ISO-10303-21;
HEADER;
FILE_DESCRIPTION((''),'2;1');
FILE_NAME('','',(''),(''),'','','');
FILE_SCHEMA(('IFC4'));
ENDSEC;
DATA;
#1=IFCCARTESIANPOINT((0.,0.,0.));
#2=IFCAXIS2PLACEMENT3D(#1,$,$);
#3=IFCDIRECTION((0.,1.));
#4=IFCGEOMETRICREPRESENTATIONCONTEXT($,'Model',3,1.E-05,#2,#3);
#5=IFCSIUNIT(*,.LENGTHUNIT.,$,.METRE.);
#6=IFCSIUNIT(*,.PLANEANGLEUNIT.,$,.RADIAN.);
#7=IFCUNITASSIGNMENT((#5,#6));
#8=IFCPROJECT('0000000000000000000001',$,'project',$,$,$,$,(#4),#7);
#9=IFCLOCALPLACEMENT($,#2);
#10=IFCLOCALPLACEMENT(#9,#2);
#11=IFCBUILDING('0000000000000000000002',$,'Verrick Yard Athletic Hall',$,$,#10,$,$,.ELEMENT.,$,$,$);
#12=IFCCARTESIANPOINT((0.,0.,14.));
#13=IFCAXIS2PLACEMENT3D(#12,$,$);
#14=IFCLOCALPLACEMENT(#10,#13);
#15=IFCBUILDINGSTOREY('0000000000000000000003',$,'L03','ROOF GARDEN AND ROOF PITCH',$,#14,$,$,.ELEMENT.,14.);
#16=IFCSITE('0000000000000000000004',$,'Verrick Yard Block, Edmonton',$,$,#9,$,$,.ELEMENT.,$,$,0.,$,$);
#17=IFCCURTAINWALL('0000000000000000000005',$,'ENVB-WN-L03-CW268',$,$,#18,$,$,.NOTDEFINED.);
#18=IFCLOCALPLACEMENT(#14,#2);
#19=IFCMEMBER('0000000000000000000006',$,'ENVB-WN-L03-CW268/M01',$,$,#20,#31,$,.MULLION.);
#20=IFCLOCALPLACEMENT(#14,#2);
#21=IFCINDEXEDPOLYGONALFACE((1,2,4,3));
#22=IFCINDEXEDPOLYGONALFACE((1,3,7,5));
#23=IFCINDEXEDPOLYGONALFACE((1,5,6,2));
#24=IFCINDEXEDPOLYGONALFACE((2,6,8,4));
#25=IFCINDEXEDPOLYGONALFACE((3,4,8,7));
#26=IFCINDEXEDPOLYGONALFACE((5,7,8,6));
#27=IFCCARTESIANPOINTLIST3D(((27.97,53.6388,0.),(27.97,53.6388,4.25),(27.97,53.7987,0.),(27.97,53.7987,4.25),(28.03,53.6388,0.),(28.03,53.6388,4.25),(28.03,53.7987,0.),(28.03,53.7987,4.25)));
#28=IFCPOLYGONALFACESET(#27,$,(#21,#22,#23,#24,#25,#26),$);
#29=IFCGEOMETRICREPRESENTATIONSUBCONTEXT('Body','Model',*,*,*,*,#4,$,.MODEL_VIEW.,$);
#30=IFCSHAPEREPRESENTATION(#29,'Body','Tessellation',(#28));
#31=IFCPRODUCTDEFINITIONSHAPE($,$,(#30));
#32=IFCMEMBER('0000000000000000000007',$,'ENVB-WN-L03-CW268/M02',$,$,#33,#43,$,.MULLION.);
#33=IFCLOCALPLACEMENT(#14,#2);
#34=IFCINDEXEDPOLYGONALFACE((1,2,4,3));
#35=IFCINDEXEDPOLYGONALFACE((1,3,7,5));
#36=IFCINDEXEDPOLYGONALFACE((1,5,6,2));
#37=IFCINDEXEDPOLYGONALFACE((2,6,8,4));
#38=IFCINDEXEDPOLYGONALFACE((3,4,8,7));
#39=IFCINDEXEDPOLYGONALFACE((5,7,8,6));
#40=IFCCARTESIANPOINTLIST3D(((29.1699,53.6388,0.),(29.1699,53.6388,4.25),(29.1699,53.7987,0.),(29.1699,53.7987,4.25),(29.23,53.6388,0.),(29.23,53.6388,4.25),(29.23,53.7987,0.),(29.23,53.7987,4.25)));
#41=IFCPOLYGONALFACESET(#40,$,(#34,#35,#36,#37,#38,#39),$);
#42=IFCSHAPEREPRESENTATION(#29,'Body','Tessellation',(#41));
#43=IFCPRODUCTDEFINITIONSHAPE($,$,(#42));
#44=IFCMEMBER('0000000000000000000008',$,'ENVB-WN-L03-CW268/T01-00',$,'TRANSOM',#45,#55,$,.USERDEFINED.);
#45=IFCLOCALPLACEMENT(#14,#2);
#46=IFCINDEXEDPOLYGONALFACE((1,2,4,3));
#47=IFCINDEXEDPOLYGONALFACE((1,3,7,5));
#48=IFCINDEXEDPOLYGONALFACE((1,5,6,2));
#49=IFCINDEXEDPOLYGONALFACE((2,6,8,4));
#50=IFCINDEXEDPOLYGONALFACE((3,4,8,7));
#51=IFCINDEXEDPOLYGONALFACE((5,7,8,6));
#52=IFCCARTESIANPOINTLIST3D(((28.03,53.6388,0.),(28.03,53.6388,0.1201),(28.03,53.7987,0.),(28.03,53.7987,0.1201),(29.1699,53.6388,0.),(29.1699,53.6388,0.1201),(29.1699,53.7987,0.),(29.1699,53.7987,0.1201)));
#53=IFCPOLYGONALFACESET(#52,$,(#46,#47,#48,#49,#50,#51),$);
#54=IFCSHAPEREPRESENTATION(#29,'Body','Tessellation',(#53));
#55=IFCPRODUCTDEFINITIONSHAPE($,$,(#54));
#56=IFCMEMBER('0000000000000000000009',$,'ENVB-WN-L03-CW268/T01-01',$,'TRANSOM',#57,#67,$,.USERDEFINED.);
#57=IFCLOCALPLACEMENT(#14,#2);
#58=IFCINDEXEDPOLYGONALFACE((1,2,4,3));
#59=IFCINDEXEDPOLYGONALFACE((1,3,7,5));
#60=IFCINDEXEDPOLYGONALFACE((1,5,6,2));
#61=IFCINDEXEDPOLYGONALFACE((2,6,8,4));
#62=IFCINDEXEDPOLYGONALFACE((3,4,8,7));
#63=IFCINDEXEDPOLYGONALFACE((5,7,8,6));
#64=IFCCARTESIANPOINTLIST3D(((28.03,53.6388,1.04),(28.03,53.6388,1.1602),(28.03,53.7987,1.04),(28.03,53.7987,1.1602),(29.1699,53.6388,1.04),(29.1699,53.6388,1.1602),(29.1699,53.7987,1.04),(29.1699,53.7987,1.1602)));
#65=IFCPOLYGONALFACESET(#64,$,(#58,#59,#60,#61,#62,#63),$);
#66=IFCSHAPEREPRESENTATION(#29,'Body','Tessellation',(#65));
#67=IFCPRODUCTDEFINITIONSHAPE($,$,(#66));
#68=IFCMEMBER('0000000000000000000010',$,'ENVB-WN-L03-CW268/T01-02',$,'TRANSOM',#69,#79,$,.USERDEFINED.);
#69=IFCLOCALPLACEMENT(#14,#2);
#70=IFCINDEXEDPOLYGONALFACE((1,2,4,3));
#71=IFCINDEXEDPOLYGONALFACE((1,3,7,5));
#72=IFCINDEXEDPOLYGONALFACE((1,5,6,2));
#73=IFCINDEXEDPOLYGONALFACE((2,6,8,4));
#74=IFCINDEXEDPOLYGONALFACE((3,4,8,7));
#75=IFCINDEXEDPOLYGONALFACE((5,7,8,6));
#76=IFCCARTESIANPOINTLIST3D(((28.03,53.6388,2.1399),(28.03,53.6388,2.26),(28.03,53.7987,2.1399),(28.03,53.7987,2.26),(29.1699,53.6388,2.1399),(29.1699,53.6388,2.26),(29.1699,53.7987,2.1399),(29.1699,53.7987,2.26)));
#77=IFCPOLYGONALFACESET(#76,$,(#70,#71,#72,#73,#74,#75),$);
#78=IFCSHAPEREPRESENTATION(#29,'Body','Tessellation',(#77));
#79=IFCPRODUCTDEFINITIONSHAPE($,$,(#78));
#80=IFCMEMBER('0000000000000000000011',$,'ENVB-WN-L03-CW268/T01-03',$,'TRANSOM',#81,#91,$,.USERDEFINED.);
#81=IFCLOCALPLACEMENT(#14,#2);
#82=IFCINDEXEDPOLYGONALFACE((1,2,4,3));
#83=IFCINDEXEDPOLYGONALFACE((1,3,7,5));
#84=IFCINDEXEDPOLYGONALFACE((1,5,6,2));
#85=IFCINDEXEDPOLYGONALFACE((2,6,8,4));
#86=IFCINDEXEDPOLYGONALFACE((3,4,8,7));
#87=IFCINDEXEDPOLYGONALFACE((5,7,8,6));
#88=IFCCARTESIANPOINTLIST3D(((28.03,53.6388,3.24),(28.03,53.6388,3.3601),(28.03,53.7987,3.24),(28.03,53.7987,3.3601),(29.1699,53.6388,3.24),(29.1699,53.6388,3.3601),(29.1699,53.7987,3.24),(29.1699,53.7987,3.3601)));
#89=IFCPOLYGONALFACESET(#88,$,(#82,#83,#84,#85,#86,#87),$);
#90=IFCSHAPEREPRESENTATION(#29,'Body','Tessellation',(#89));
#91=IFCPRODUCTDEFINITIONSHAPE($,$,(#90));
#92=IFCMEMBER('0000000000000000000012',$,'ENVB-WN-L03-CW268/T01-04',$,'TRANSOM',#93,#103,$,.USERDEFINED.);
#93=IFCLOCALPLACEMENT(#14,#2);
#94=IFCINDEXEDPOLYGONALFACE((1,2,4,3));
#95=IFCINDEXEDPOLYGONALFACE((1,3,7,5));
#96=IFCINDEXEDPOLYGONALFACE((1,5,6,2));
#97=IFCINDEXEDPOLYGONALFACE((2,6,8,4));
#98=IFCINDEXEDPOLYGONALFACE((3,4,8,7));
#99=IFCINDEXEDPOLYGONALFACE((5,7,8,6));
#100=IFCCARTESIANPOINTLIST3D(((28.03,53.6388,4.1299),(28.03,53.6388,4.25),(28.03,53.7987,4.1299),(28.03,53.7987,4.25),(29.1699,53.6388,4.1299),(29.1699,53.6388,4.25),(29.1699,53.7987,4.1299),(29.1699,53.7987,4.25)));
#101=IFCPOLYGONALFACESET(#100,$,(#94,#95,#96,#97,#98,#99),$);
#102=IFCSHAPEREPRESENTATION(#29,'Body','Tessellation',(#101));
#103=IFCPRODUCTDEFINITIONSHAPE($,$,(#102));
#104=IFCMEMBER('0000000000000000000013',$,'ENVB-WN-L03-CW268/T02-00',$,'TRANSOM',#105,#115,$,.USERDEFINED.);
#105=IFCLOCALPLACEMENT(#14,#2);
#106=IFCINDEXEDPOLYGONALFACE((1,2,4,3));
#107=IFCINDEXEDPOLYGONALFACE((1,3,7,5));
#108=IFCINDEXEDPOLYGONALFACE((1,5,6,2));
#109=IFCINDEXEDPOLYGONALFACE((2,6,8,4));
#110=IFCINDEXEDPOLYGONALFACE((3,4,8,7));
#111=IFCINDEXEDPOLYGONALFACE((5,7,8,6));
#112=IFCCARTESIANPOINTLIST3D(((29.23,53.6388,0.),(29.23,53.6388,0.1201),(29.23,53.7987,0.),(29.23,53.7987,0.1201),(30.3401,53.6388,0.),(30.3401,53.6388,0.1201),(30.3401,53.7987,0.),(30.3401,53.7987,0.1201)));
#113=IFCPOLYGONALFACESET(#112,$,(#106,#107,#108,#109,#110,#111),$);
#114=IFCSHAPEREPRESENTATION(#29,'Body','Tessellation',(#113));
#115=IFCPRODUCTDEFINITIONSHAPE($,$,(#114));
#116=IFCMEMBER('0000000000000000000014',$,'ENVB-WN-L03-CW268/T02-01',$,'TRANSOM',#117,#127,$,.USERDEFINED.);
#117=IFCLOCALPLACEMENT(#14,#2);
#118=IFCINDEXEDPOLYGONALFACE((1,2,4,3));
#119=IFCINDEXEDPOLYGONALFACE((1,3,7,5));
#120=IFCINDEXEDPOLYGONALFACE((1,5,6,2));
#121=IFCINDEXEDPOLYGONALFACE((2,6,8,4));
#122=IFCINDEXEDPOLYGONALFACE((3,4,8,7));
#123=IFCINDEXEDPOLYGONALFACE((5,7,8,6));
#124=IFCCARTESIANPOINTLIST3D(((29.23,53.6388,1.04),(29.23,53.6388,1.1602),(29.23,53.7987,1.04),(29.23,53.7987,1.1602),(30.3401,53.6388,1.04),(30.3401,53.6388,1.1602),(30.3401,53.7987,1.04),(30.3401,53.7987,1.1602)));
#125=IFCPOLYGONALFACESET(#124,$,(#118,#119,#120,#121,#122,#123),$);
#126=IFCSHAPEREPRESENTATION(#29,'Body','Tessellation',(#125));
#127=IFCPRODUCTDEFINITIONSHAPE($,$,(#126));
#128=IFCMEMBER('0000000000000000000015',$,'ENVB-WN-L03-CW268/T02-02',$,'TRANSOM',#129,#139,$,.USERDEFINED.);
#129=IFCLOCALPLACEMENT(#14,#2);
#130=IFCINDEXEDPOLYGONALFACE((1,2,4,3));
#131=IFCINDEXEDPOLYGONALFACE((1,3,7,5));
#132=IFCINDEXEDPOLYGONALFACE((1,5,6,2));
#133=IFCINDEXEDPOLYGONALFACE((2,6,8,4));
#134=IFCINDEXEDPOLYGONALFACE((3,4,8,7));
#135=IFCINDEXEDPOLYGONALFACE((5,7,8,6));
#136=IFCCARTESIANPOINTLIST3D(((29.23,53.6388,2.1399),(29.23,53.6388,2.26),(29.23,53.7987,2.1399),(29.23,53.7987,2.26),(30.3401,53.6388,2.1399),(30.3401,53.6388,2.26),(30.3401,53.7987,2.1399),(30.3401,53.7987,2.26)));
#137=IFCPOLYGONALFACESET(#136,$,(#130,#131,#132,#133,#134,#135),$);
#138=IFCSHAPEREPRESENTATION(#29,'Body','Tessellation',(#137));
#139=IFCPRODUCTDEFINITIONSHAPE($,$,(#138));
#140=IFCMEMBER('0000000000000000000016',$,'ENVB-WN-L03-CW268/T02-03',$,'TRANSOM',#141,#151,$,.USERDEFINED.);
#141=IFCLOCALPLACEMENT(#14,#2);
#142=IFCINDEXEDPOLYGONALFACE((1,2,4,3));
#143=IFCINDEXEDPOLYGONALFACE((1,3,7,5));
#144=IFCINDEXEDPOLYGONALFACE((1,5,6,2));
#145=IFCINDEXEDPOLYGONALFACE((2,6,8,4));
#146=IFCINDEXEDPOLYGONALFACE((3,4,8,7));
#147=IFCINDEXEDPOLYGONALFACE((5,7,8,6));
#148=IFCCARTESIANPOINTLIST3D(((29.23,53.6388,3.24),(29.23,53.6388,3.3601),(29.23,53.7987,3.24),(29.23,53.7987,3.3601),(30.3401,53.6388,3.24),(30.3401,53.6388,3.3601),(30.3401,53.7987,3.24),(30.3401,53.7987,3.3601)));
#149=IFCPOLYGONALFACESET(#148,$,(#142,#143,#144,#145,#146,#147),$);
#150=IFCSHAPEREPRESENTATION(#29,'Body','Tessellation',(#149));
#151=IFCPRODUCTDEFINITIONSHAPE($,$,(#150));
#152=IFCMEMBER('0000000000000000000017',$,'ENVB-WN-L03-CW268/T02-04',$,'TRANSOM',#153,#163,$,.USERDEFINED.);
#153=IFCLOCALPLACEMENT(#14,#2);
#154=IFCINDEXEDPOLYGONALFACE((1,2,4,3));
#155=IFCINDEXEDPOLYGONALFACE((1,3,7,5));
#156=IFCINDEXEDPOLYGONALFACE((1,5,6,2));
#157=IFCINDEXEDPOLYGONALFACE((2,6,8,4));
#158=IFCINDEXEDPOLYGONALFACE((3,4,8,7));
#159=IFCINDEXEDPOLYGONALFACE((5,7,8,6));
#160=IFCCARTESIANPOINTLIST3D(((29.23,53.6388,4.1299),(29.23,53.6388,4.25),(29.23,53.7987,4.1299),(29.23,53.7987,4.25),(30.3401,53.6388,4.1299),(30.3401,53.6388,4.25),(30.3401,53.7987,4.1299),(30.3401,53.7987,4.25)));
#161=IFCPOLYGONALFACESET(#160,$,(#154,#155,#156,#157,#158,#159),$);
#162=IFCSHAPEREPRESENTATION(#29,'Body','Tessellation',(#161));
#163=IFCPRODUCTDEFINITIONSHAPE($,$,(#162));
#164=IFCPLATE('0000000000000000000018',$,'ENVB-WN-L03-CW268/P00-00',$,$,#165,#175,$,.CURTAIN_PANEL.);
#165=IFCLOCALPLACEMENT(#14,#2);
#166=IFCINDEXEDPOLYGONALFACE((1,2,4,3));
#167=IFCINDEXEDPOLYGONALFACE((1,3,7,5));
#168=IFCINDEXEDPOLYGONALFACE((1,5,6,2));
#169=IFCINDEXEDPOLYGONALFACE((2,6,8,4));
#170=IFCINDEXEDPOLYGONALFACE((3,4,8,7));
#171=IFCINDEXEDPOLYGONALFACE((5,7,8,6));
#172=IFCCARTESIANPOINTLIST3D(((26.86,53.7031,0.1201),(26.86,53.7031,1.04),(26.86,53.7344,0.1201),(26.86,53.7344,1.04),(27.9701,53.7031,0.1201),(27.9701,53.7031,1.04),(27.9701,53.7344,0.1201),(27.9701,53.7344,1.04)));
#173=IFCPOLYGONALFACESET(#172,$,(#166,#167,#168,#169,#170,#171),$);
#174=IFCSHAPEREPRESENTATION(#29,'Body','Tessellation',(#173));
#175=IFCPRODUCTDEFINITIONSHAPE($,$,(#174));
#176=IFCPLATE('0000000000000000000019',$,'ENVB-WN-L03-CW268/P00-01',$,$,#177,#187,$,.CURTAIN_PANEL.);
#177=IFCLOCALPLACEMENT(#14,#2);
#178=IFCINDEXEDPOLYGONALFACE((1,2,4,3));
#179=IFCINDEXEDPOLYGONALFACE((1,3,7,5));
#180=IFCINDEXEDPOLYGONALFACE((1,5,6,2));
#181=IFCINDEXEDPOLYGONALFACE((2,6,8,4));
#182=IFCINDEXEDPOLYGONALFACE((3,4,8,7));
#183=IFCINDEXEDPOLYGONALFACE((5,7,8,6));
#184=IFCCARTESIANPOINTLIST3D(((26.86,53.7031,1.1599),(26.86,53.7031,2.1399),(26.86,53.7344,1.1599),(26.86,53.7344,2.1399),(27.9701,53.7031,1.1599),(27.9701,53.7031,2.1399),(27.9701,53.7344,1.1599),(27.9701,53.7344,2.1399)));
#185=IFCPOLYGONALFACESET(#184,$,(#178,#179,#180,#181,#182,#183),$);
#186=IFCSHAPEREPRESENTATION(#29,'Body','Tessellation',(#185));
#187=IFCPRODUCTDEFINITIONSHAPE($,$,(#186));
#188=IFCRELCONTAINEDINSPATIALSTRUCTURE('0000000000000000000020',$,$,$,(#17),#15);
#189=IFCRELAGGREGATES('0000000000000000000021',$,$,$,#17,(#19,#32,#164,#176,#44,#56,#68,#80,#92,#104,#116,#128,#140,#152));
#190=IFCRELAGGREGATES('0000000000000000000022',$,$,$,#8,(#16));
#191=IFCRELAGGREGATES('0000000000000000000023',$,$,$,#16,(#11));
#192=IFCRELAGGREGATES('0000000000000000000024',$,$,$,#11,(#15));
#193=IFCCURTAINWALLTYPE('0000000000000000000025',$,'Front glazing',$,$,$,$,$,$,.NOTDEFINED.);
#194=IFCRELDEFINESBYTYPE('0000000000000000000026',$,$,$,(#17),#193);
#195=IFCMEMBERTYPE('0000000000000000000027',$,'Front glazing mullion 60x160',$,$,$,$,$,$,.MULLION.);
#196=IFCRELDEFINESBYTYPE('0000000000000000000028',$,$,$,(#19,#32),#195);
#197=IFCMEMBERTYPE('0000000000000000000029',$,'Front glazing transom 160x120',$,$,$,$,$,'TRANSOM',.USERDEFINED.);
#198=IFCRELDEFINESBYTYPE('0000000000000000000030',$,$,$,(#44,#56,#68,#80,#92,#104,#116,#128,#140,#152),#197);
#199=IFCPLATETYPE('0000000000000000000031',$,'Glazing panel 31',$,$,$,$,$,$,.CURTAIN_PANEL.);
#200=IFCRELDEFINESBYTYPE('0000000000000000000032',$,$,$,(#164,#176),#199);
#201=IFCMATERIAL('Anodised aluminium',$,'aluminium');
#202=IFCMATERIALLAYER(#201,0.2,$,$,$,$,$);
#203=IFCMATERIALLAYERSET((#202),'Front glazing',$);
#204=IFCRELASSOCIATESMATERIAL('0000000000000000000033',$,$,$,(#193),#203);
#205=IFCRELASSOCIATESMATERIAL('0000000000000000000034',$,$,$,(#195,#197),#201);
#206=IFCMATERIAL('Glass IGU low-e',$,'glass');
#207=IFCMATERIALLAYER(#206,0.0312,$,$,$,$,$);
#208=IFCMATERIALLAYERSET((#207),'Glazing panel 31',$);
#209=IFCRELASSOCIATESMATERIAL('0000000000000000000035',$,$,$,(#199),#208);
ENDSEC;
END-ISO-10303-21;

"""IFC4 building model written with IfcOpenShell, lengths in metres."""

from ifc_helpers import new_model, si_unit, direction, frame, origin, origin_2d, place, context, subcontext, project, spatial, rectangle, extrude, material, layer, layer_set, material_profile, profile_set, type_object, element, aggregate, save


model = new_model("IFC4")

# Units and contexts
model_context = context("Model", 3, precision=1e-05, world=origin(), true_north=direction((0.0, 1.0)))
body_context = subcontext(model_context, "Body", "Model", "MODEL_VIEW")
ifc_project = project(units=[si_unit("LENGTHUNIT", "METRE"), si_unit("PLANEANGLEUNIT", "RADIAN")], contexts=[model_context])

# Site, building, storey
site_placement = place(None, origin())
site = spatial("IfcSite", under=ifc_project, at=site_placement, Name="Verrick Yard Block, Edmonton", CompositionType="ELEMENT", RefElevation=0.0)
building_placement = place(site_placement, origin())
building = spatial("IfcBuilding", under=site, at=building_placement, Name="Verrick Yard Athletic Hall", CompositionType="ELEMENT")
storey_placement = place(building_placement, frame((0.0, 0.0, 14.0)))
storey = spatial("IfcBuildingStorey", under=building, at=storey_placement, Name="L03", Description="ROOF GARDEN AND ROOF PITCH", CompositionType="ELEMENT", Elevation=14.0)

# Curtain wall, members, plates
ifc_material_1 = material(Name="Anodised aluminium", Category="aluminium")
ifc_layer_1 = layer(ifc_material_1, 0.2)
ifc_layer_set_1 = layer_set([ifc_layer_1], Name="Front glazing")
curtain_wall_type = type_object("IfcCurtainWallType", Name="Front glazing", PredefinedType="NOTDEFINED", material=ifc_layer_set_1)
curtain_wall_placement = place(storey_placement, origin())
curtain_wall = element("IfcCurtainWall", 1, at=curtain_wall_placement, inside=storey, type_object=curtain_wall_type, Name="ENVB-WN-L03-CW268", PredefinedType="NOTDEFINED")
ifc_material_profile_1 = material_profile(ifc_material_1, rectangle(XDim=0.1599, YDim=0.0601, at=origin_2d()), Name="CW mullion 60x160")
ifc_profile_set_1 = profile_set([ifc_material_profile_1], Name="Anodised aluminium")
member_type_1 = type_object("IfcMemberType", Name="Front glazing mullion 60x160", PredefinedType="MULLION", material=ifc_profile_set_1)
member_1_placement = place(storey_placement, frame((28.0, 53.7188, 0.0), z_axis=(0.0, 0.0, 1.0), x_axis=(0.0, 1.0, 0.0)))
member_1 = element("IfcMember", 2, at=member_1_placement, type_object=member_type_1, Name="ENVB-WN-L03-CW268/M01", PredefinedType="MULLION", context=body_context, shape_type="SweptSolid", body=[
    extrude(rectangle(XDim=0.1599, YDim=0.0601, at=origin_2d()), origin(), (0.0, 0.0, 1.0), 4.25),
])
member_2_placement = place(storey_placement, frame((29.2, 53.7188, 0.0), z_axis=(0.0, 0.0, 1.0), x_axis=(0.0, 1.0, 0.0)))
member_2 = element("IfcMember", 3, at=member_2_placement, type_object=member_type_1, Name="ENVB-WN-L03-CW268/M02", PredefinedType="MULLION", context=body_context, shape_type="SweptSolid", body=[
    extrude(rectangle(XDim=0.1599, YDim=0.0601, at=origin_2d()), origin(), (0.0, 0.0, 1.0), 4.25),
])
ifc_material_profile_2 = material_profile(ifc_material_1, rectangle(XDim=0.1599, YDim=0.1201, at=origin_2d()), Name="CW transom 160x120")
ifc_profile_set_2 = profile_set([ifc_material_profile_2], Name="Anodised aluminium")
member_type_2 = type_object("IfcMemberType", Name="Front glazing transom 160x120", ElementType="TRANSOM", PredefinedType="USERDEFINED", material=ifc_profile_set_2)
member_3_placement = place(storey_placement, frame((28.03, 53.7188, 0.0601), z_axis=(1.0, 0.0, 0.0), x_axis=(0.0, 1.0, 0.0)))
member_3 = element("IfcMember", 4, at=member_3_placement, type_object=member_type_2, Name="ENVB-WN-L03-CW268/T01-00", ObjectType="TRANSOM", PredefinedType="USERDEFINED", context=body_context, shape_type="SweptSolid", body=[
    extrude(rectangle(XDim=0.1599, YDim=0.1201, at=origin_2d()), origin(), (0.0, 0.0, 1.0), 1.1399),
])
member_4_placement = place(storey_placement, frame((28.03, 53.7188, 1.1001), z_axis=(1.0, 0.0, 0.0), x_axis=(0.0, 1.0, 0.0)))
member_4 = element("IfcMember", 5, at=member_4_placement, type_object=member_type_2, Name="ENVB-WN-L03-CW268/T01-01", ObjectType="TRANSOM", PredefinedType="USERDEFINED", context=body_context, shape_type="SweptSolid", body=[
    extrude(rectangle(XDim=0.1599, YDim=0.1201, at=origin_2d()), origin(), (0.0, 0.0, 1.0), 1.1399),
])
member_5_placement = place(storey_placement, frame((28.03, 53.7188, 2.2), z_axis=(1.0, 0.0, 0.0), x_axis=(0.0, 1.0, 0.0)))
member_5 = element("IfcMember", 6, at=member_5_placement, type_object=member_type_2, Name="ENVB-WN-L03-CW268/T01-02", ObjectType="TRANSOM", PredefinedType="USERDEFINED", context=body_context, shape_type="SweptSolid", body=[
    extrude(rectangle(XDim=0.1599, YDim=0.1201, at=origin_2d()), origin(), (0.0, 0.0, 1.0), 1.1399),
])
member_6_placement = place(storey_placement, frame((28.03, 53.7188, 3.3), z_axis=(1.0, 0.0, 0.0), x_axis=(0.0, 1.0, 0.0)))
member_6 = element("IfcMember", 7, at=member_6_placement, type_object=member_type_2, Name="ENVB-WN-L03-CW268/T01-03", ObjectType="TRANSOM", PredefinedType="USERDEFINED", context=body_context, shape_type="SweptSolid", body=[
    extrude(rectangle(XDim=0.1599, YDim=0.1201, at=origin_2d()), origin(), (0.0, 0.0, 1.0), 1.1399),
])
member_7_placement = place(storey_placement, frame((28.03, 53.7188, 4.1899), z_axis=(1.0, 0.0, 0.0), x_axis=(0.0, 1.0, 0.0)))
member_7 = element("IfcMember", 8, at=member_7_placement, type_object=member_type_2, Name="ENVB-WN-L03-CW268/T01-04", ObjectType="TRANSOM", PredefinedType="USERDEFINED", context=body_context, shape_type="SweptSolid", body=[
    extrude(rectangle(XDim=0.1599, YDim=0.1201, at=origin_2d()), origin(), (0.0, 0.0, 1.0), 1.1399),
])
member_8_placement = place(storey_placement, frame((29.23, 53.7188, 0.0601), z_axis=(1.0, 0.0, 0.0), x_axis=(0.0, 1.0, 0.0)))
member_8 = element("IfcMember", 9, at=member_8_placement, type_object=member_type_2, Name="ENVB-WN-L03-CW268/T02-00", ObjectType="TRANSOM", PredefinedType="USERDEFINED", context=body_context, shape_type="SweptSolid", body=[
    extrude(rectangle(XDim=0.1599, YDim=0.1201, at=origin_2d()), origin(), (0.0, 0.0, 1.0), 1.1101),
])
member_9_placement = place(storey_placement, frame((29.23, 53.7188, 1.1001), z_axis=(1.0, 0.0, 0.0), x_axis=(0.0, 1.0, 0.0)))
member_9 = element("IfcMember", 10, at=member_9_placement, type_object=member_type_2, Name="ENVB-WN-L03-CW268/T02-01", ObjectType="TRANSOM", PredefinedType="USERDEFINED", context=body_context, shape_type="SweptSolid", body=[
    extrude(rectangle(XDim=0.1599, YDim=0.1201, at=origin_2d()), origin(), (0.0, 0.0, 1.0), 1.1101),
])
member_10_placement = place(storey_placement, frame((29.23, 53.7188, 2.2), z_axis=(1.0, 0.0, 0.0), x_axis=(0.0, 1.0, 0.0)))
member_10 = element("IfcMember", 11, at=member_10_placement, type_object=member_type_2, Name="ENVB-WN-L03-CW268/T02-02", ObjectType="TRANSOM", PredefinedType="USERDEFINED", context=body_context, shape_type="SweptSolid", body=[
    extrude(rectangle(XDim=0.1599, YDim=0.1201, at=origin_2d()), origin(), (0.0, 0.0, 1.0), 1.1101),
])
member_11_placement = place(storey_placement, frame((29.23, 53.7188, 3.3), z_axis=(1.0, 0.0, 0.0), x_axis=(0.0, 1.0, 0.0)))
member_11 = element("IfcMember", 12, at=member_11_placement, type_object=member_type_2, Name="ENVB-WN-L03-CW268/T02-03", ObjectType="TRANSOM", PredefinedType="USERDEFINED", context=body_context, shape_type="SweptSolid", body=[
    extrude(rectangle(XDim=0.1599, YDim=0.1201, at=origin_2d()), origin(), (0.0, 0.0, 1.0), 1.1101),
])
member_12_placement = place(storey_placement, frame((29.23, 53.7188, 4.1899), z_axis=(1.0, 0.0, 0.0), x_axis=(0.0, 1.0, 0.0)))
member_12 = element("IfcMember", 13, at=member_12_placement, type_object=member_type_2, Name="ENVB-WN-L03-CW268/T02-04", ObjectType="TRANSOM", PredefinedType="USERDEFINED", context=body_context, shape_type="SweptSolid", body=[
    extrude(rectangle(XDim=0.1599, YDim=0.1201, at=origin_2d()), origin(), (0.0, 0.0, 1.0), 1.1101),
])
ifc_material_2 = material(Name="Glass IGU low-e", Category="glass")
ifc_layer_2 = layer(ifc_material_2, 0.0312)
ifc_layer_set_2 = layer_set([ifc_layer_2], Name="Glazing panel 31")
plate_type = type_object("IfcPlateType", Name="Glazing panel 31", PredefinedType="CURTAIN_PANEL", material=ifc_layer_set_2)
plate_1_placement = place(storey_placement, frame((27.415, 53.7188, 0.1201), z_axis=(0.0, 0.0, 1.0), x_axis=(1.0, 0.0, 0.0)))
plate_1 = element("IfcPlate", 14, at=plate_1_placement, type_object=plate_type, Name="ENVB-WN-L03-CW268/P00-00", PredefinedType="CURTAIN_PANEL", context=body_context, shape_type="SweptSolid", body=[
    extrude(rectangle(XDim=1.1101, YDim=0.0312, at=origin_2d()), origin(), (0.0, 0.0, 1.0), 0.9199),
])
plate_2_placement = place(storey_placement, frame((27.415, 53.7188, 1.1599), z_axis=(0.0, 0.0, 1.0), x_axis=(1.0, 0.0, 0.0)))
plate_2 = element("IfcPlate", 15, at=plate_2_placement, type_object=plate_type, Name="ENVB-WN-L03-CW268/P00-01", PredefinedType="CURTAIN_PANEL", context=body_context, shape_type="SweptSolid", body=[
    extrude(rectangle(XDim=1.1101, YDim=0.0312, at=origin_2d()), origin(), (0.0, 0.0, 1.0), 0.98),
])
aggregate(curtain_wall, [member_1, member_2, plate_1, plate_2, member_3, member_4, member_5, member_6, member_7, member_8, member_9, member_10, member_11, member_12])

save(model, "model.ifc")
